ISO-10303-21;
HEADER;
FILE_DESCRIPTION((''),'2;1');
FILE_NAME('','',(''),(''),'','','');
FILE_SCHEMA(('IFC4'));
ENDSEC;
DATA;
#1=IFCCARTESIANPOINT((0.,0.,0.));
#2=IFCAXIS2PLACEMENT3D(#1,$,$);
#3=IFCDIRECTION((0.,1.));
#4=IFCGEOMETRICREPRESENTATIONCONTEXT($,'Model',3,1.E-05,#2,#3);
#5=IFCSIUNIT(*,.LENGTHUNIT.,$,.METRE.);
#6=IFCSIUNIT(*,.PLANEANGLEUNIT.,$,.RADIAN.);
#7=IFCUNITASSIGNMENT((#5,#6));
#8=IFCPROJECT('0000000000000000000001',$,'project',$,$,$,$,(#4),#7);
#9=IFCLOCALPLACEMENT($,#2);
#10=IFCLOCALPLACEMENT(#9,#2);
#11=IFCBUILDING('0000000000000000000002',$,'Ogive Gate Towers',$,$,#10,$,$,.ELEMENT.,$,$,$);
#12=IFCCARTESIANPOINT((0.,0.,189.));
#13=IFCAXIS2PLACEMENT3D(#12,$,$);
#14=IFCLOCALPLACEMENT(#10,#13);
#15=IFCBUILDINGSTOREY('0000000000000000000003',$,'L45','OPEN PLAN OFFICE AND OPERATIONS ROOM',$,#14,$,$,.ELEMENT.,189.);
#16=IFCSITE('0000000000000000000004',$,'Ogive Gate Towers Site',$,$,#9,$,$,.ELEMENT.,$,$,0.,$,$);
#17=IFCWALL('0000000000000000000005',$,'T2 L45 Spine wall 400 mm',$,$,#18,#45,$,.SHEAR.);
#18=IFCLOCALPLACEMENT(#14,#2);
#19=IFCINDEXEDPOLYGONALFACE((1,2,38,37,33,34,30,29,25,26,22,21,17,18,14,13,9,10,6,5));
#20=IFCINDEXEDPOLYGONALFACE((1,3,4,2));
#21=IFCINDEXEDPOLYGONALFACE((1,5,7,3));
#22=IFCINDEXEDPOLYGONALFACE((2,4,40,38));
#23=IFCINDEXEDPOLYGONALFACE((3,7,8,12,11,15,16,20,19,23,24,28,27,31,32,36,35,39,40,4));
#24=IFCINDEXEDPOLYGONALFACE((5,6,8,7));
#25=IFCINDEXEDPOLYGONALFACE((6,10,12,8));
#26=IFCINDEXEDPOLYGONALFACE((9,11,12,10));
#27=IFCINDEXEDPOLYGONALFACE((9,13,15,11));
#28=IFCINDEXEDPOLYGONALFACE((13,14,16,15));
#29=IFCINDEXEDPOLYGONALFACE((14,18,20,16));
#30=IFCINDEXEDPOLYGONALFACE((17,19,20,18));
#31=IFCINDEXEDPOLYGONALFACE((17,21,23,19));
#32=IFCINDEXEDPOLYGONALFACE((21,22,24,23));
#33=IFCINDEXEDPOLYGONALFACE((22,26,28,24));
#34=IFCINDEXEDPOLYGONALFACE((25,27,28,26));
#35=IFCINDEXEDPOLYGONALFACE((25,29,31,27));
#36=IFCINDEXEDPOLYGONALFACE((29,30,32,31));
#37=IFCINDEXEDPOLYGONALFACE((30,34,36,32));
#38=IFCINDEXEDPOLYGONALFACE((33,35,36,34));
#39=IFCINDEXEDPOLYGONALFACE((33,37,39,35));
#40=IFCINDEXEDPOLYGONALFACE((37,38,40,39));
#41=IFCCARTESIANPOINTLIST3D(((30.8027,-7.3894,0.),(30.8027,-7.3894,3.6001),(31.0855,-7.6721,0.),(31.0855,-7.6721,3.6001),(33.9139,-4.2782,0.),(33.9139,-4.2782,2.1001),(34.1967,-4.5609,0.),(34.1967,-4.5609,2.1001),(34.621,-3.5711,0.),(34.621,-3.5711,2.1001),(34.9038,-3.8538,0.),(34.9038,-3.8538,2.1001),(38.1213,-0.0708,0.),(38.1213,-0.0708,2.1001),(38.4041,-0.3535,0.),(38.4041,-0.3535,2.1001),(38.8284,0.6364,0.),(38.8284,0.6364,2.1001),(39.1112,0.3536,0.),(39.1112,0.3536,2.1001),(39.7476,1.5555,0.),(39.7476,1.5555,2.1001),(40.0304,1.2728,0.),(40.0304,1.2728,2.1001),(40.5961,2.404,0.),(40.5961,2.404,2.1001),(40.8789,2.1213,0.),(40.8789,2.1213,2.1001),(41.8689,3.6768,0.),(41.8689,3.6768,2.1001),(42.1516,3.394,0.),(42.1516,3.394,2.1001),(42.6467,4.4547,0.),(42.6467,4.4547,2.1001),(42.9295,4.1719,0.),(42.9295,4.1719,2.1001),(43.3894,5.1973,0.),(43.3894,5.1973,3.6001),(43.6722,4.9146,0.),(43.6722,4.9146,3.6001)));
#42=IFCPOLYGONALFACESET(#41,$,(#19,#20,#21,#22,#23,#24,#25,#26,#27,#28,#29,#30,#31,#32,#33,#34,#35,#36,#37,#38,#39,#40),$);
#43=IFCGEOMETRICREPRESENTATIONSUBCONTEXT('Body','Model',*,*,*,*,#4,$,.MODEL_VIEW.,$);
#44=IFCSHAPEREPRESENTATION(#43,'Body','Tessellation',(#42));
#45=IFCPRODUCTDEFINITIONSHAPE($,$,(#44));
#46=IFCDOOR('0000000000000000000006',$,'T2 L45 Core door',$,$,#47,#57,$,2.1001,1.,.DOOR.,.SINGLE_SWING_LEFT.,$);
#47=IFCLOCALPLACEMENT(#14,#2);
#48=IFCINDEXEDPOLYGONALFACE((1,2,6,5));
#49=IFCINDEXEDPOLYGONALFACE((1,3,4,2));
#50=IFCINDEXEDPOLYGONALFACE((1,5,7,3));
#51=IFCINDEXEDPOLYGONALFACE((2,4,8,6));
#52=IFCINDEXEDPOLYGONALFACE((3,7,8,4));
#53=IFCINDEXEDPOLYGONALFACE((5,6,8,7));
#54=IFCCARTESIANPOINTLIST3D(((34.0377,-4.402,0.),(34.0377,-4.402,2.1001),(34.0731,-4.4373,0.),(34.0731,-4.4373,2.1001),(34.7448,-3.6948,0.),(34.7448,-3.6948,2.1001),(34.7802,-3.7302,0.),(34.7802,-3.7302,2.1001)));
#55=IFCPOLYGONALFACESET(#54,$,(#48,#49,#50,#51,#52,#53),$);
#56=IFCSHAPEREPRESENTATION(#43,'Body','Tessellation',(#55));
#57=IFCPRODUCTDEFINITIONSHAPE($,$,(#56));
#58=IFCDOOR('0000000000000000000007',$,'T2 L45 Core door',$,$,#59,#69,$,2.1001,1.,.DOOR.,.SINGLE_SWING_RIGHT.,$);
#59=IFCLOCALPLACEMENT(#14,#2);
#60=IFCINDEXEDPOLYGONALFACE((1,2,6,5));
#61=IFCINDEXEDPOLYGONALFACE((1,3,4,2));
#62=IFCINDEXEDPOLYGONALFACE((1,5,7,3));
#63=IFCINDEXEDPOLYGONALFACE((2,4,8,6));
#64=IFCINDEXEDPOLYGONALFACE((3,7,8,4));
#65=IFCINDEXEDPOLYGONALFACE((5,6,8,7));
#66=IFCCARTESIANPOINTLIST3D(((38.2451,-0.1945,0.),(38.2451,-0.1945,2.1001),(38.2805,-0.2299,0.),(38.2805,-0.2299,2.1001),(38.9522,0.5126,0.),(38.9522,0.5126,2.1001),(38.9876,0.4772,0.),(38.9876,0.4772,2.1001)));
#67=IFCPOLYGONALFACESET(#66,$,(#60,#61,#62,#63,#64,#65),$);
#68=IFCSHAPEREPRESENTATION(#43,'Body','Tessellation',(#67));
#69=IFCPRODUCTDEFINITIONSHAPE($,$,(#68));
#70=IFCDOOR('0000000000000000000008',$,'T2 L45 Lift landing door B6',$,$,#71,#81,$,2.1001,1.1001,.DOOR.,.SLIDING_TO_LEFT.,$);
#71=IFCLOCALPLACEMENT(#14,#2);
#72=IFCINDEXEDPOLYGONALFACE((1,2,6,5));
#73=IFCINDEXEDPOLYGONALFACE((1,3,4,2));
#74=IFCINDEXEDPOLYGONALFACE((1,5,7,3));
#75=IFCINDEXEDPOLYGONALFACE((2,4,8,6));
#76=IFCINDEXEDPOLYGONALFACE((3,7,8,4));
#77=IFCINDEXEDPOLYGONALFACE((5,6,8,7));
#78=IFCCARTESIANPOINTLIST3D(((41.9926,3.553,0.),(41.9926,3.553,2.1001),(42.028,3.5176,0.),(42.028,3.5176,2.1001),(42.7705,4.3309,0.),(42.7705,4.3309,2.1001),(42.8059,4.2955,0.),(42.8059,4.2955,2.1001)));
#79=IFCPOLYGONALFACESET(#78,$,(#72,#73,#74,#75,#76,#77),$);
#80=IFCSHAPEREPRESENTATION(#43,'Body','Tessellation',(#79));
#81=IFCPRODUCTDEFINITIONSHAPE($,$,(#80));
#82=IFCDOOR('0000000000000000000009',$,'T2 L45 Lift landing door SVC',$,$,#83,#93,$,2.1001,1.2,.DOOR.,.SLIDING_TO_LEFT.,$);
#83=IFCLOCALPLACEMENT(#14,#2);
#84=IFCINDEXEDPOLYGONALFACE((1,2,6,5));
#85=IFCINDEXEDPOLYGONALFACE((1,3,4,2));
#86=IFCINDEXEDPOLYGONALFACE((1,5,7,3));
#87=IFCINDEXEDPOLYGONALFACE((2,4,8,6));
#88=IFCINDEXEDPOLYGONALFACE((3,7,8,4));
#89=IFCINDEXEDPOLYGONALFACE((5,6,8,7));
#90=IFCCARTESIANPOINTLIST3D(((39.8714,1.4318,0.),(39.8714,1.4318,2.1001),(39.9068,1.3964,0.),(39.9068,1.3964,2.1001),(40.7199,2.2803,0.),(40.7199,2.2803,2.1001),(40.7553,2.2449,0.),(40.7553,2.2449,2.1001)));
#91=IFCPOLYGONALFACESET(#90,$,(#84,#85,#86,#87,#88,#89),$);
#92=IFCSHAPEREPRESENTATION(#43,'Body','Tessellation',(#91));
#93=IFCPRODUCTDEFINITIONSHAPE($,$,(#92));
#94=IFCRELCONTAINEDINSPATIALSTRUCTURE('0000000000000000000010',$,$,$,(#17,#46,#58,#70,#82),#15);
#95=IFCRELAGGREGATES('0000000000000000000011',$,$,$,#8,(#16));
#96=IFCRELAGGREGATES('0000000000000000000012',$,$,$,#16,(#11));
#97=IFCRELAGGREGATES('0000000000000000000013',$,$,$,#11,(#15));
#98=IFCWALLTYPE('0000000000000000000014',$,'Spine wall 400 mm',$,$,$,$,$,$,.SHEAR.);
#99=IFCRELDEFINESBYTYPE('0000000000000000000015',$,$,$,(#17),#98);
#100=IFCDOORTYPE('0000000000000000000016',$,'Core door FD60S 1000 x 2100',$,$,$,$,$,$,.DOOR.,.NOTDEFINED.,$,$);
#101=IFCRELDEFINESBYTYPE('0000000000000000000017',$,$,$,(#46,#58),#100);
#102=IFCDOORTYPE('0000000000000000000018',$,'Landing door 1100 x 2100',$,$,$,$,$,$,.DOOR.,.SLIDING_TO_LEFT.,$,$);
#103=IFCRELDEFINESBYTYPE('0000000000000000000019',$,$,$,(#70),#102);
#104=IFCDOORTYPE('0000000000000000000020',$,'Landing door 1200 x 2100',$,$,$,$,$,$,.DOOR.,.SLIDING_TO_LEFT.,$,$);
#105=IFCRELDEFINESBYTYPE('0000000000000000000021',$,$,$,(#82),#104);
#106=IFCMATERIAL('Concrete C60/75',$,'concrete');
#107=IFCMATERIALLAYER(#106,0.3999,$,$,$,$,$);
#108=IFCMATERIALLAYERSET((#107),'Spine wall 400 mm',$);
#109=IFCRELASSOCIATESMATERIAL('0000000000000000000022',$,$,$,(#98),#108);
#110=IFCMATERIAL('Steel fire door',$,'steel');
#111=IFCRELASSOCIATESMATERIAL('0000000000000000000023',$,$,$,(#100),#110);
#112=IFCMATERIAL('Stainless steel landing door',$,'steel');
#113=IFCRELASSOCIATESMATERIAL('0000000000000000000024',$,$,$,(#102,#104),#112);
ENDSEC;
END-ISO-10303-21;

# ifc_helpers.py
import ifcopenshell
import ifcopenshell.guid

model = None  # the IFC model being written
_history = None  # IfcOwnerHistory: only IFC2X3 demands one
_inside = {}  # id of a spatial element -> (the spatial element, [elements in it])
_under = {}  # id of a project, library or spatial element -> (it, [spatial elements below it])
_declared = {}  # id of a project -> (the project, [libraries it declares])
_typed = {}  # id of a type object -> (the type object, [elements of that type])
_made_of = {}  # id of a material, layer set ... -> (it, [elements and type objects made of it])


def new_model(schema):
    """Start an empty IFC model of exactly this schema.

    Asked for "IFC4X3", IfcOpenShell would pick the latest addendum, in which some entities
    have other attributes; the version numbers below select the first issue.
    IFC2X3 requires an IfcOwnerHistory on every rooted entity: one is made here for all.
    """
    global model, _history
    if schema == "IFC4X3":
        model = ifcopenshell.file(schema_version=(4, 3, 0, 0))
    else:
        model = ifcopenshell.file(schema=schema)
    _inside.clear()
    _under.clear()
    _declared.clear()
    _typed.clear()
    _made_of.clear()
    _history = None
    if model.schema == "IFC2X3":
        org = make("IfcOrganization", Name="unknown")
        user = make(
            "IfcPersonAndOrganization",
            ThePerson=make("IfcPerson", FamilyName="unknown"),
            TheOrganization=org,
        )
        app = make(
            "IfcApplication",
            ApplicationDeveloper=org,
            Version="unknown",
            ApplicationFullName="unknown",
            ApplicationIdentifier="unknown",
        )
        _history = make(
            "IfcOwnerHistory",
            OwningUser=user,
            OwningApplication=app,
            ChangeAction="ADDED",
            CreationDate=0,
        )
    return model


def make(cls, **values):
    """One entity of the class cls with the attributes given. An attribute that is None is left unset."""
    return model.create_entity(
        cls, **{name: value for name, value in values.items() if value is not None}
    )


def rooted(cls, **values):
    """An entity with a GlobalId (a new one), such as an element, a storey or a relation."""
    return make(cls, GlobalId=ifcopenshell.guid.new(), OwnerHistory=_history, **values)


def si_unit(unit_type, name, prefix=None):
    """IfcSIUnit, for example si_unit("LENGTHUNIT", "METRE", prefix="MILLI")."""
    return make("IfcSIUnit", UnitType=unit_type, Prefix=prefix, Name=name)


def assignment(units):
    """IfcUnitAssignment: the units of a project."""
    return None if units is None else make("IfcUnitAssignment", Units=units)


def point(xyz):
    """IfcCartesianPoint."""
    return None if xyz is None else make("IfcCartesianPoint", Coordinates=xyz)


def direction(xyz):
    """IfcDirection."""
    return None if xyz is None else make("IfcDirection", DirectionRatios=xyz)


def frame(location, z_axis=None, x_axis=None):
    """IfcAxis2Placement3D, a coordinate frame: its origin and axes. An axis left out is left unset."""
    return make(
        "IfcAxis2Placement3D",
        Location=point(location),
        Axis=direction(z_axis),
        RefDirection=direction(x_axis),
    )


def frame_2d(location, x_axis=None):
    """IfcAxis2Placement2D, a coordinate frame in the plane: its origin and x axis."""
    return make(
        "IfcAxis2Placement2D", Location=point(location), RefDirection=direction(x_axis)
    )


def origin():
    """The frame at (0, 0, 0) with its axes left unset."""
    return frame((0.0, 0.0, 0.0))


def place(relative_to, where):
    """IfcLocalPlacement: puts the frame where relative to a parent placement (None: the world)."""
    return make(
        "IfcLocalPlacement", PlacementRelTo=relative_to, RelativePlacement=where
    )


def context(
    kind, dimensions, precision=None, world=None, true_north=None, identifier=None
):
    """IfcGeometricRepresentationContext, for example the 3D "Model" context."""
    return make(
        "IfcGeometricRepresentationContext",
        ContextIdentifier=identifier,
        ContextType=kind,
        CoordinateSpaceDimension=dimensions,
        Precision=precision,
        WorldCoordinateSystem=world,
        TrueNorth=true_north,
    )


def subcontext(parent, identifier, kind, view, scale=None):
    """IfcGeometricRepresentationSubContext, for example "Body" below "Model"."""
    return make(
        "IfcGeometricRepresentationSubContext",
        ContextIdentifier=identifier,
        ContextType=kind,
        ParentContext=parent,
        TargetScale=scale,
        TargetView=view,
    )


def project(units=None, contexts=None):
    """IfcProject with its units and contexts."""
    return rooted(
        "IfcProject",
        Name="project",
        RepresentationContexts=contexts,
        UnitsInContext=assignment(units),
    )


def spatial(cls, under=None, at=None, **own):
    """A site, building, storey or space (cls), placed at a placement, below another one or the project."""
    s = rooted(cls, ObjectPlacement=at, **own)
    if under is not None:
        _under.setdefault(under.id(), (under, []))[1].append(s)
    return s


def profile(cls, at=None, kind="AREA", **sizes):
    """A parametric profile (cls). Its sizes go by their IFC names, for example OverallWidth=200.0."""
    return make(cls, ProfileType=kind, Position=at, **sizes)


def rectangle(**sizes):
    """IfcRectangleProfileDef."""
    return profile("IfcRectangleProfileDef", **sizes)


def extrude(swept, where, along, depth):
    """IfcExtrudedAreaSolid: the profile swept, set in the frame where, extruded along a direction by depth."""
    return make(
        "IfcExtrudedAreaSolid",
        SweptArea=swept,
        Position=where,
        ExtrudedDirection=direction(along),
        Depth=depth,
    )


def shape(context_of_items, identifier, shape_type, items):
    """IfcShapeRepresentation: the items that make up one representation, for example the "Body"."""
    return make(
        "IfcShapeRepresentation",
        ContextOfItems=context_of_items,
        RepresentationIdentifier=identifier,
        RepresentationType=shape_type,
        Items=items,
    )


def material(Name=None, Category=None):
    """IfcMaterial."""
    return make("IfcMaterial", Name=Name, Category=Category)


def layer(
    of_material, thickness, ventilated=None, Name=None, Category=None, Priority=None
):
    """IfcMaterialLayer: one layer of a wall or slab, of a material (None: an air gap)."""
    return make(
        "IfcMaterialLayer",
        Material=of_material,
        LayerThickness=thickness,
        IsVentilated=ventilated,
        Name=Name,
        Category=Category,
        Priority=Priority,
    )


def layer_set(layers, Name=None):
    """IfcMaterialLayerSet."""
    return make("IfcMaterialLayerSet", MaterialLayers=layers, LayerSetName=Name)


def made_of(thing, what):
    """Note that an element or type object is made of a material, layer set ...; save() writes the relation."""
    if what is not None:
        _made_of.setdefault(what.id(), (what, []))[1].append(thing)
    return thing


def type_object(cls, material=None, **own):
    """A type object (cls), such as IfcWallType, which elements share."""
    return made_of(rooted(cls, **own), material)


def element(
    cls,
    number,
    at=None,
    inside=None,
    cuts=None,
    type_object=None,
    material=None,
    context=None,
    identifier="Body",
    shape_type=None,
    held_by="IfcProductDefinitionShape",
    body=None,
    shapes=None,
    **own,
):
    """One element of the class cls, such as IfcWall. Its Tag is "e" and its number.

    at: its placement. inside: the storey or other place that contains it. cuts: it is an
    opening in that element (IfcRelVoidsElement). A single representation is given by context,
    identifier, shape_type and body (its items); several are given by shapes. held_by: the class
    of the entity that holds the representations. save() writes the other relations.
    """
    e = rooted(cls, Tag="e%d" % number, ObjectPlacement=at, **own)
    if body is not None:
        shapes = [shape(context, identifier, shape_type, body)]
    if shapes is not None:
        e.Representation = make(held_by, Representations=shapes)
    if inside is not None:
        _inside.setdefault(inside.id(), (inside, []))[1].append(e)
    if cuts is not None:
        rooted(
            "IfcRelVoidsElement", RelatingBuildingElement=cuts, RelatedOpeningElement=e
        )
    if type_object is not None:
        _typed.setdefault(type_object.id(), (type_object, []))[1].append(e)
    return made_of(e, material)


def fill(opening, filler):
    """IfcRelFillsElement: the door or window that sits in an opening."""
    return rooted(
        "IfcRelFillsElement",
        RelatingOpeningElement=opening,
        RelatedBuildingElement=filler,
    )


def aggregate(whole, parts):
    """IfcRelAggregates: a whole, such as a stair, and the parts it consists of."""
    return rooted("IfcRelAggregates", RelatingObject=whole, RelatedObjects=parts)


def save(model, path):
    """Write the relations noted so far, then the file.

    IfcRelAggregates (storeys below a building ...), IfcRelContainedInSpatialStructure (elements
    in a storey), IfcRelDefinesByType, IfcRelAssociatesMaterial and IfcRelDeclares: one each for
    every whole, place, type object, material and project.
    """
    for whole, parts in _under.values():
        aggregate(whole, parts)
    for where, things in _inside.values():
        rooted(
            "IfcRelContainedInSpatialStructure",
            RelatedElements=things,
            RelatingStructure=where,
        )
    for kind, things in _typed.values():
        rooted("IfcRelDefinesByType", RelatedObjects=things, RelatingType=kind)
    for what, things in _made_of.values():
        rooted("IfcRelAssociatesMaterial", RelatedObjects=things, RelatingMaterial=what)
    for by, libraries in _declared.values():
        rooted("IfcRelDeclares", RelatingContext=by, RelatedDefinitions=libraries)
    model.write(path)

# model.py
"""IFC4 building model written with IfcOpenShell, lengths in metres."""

from ifc_helpers import new_model, si_unit, direction, frame, frame_2d, origin, place, context, subcontext, project, spatial, rectangle, extrude, material, layer, layer_set, type_object, element, fill, save


model = new_model("IFC4")

# Units and contexts
model_context = context("Model", 3, precision=1e-05, world=origin(), true_north=direction((0.0, 1.0)))
body_context = subcontext(model_context, "Body", "Model", "MODEL_VIEW")
ifc_project = project(units=[si_unit("LENGTHUNIT", "METRE"), si_unit("PLANEANGLEUNIT", "RADIAN")], contexts=[model_context])

# Site, building, storey
site_placement = place(None, origin())
site = spatial("IfcSite", under=ifc_project, at=site_placement, Name="Ogive Gate Towers Site", CompositionType="ELEMENT", RefElevation=0.0)
building_placement = place(site_placement, origin())
building = spatial("IfcBuilding", under=site, at=building_placement, Name="Ogive Gate Towers", CompositionType="ELEMENT")
storey_placement = place(building_placement, frame((0.0, 0.0, 189.0)))
storey = spatial("IfcBuildingStorey", under=building, at=storey_placement, Name="L45", Description="OPEN PLAN OFFICE AND OPERATIONS ROOM", CompositionType="ELEMENT", Elevation=189.0)

# Shared definitions
ifc_material_1 = material(Name="Concrete C60/75", Category="concrete")

# Wall, openings, doors
ifc_layer_1 = layer(ifc_material_1, 0.3999)
ifc_layer_set_1 = layer_set([ifc_layer_1], Name="Spine wall 400 mm")
wall_type_1 = type_object("IfcWallType", Name="Spine wall 400 mm", PredefinedType="SHEAR", material=ifc_layer_set_1)
wall_1_placement = place(storey_placement, frame((30.9441, -7.5308, 0.0), z_axis=(0.0, 0.0, 1.0), x_axis=(0.707107, 0.707107, 0.0)))
wall_1 = element("IfcWall", 1, at=wall_1_placement, inside=storey, type_object=wall_type_1, Name="T2 L45 Spine wall 400 mm", PredefinedType="SHEAR", context=body_context, shape_type="SweptSolid", body=[
    extrude(rectangle(XDim=17.8003, YDim=0.3999, at=frame_2d((8.9001, 0.0))), origin(), (0.0, 0.0, 1.0), 3.6001),
])
opening_1_placement = place(wall_1_placement, frame((12.6499, 0.0, 0.0)))
opening_1 = element("IfcOpeningElement", 2, at=opening_1_placement, cuts=wall_1, PredefinedType="OPENING", context=body_context, shape_type="SweptSolid", body=[
    extrude(rectangle(XDim=1.2, YDim=2.1001, at=frame_2d((0.6001, 1.05))), frame((0.0, 0.21, 0.0), z_axis=(0.0, -1.0, 0.0), x_axis=(1.0, 0.0, 0.0)), (0.0, 0.0, 1.0), 0.4199),
])
opening_2_placement = place(wall_1_placement, frame((15.6499, 0.0, 0.0)))
opening_2 = element("IfcOpeningElement", 3, at=opening_2_placement, cuts=wall_1, PredefinedType="OPENING", context=body_context, shape_type="SweptSolid", body=[
    extrude(rectangle(XDim=1.1001, YDim=2.1001, at=frame_2d((0.55, 1.05))), frame((0.0, 0.21, 0.0), z_axis=(0.0, -1.0, 0.0), x_axis=(1.0, 0.0, 0.0)), (0.0, 0.0, 1.0), 0.4199),
])
opening_3_placement = place(wall_1_placement, frame((4.3999, 0.0, 0.0)))
opening_3 = element("IfcOpeningElement", 4, at=opening_3_placement, cuts=wall_1, PredefinedType="OPENING", context=body_context, shape_type="SweptSolid", body=[
    extrude(rectangle(XDim=1.0, YDim=2.1001, at=frame_2d((0.5, 1.05))), frame((0.0, 0.21, 0.0), z_axis=(0.0, -1.0, 0.0), x_axis=(1.0, 0.0, 0.0)), (0.0, 0.0, 1.0), 0.4199),
])
opening_4_placement = place(wall_1_placement, frame((10.3501, 0.0, 0.0)))
opening_4 = element("IfcOpeningElement", 5, at=opening_4_placement, cuts=wall_1, PredefinedType="OPENING", context=body_context, shape_type="SweptSolid", body=[
    extrude(rectangle(XDim=1.0, YDim=2.1001, at=frame_2d((0.5, 1.05))), frame((0.0, 0.21, 0.0), z_axis=(0.0, -1.0, 0.0), x_axis=(1.0, 0.0, 0.0)), (0.0, 0.0, 1.0), 0.4199),
])
ifc_material_2 = material(Name="Steel fire door", Category="steel")
door_type_1 = type_object("IfcDoorType", Name="Core door FD60S 1000 x 2100", OperationType="NOTDEFINED", PredefinedType="DOOR", material=ifc_material_2)
door_1_placement = place(opening_3_placement, origin())
door_1 = element("IfcDoor", 6, at=door_1_placement, inside=storey, type_object=door_type_1, Name="T2 L45 Core door", OperationType="SINGLE_SWING_LEFT", OverallHeight=2.1001, OverallWidth=1.0, PredefinedType="DOOR", context=body_context, shape_type="SweptSolid", body=[
    extrude(rectangle(XDim=1.0, YDim=2.1001, at=frame_2d((0.5, 1.05))), frame((0.0, 0.0249, 0.0), z_axis=(0.0, -1.0, 0.0), x_axis=(1.0, 0.0, 0.0)), (0.0, 0.0, 1.0), 0.05),
])
fill(opening_3, door_1)
door_2_placement = place(opening_4_placement, origin())
door_2 = element("IfcDoor", 7, at=door_2_placement, inside=storey, type_object=door_type_1, Name="T2 L45 Core door", OperationType="SINGLE_SWING_RIGHT", OverallHeight=2.1001, OverallWidth=1.0, PredefinedType="DOOR", context=body_context, shape_type="SweptSolid", body=[
    extrude(rectangle(XDim=1.0, YDim=2.1001, at=frame_2d((0.5, 1.05))), frame((0.0, 0.0249, 0.0), z_axis=(0.0, -1.0, 0.0), x_axis=(1.0, 0.0, 0.0)), (0.0, 0.0, 1.0), 0.05),
])
fill(opening_4, door_2)
ifc_material_3 = material(Name="Stainless steel landing door", Category="steel")
door_type_2 = type_object("IfcDoorType", Name="Landing door 1100 x 2100", OperationType="SLIDING_TO_LEFT", PredefinedType="DOOR", material=ifc_material_3)
door_3_placement = place(opening_2_placement, origin())
door_3 = element("IfcDoor", 8, at=door_3_placement, inside=storey, type_object=door_type_2, Name="T2 L45 Lift landing door B6", OperationType="SLIDING_TO_LEFT", OverallHeight=2.1001, OverallWidth=1.1001, PredefinedType="DOOR", context=body_context, shape_type="SweptSolid", body=[
    extrude(rectangle(XDim=1.1001, YDim=2.1001, at=frame_2d((0.55, 1.05))), frame((0.0, 0.0249, 0.0), z_axis=(0.0, -1.0, 0.0), x_axis=(1.0, 0.0, 0.0)), (0.0, 0.0, 1.0), 0.05),
])
fill(opening_2, door_3)
door_type_3 = type_object("IfcDoorType", Name="Landing door 1200 x 2100", OperationType="SLIDING_TO_LEFT", PredefinedType="DOOR", material=ifc_material_3)
door_4_placement = place(opening_1_placement, origin())
door_4 = element("IfcDoor", 9, at=door_4_placement, inside=storey, type_object=door_type_3, Name="T2 L45 Lift landing door SVC", OperationType="SLIDING_TO_LEFT", OverallHeight=2.1001, OverallWidth=1.2, PredefinedType="DOOR", context=body_context, shape_type="SweptSolid", body=[
    extrude(rectangle(XDim=1.2, YDim=2.1001, at=frame_2d((0.6001, 1.05))), frame((0.0, 0.0249, 0.0), z_axis=(0.0, -1.0, 0.0), x_axis=(1.0, 0.0, 0.0)), (0.0, 0.0, 1.0), 0.05),
])
fill(opening_1, door_4)

save(model, "model.ifc")
